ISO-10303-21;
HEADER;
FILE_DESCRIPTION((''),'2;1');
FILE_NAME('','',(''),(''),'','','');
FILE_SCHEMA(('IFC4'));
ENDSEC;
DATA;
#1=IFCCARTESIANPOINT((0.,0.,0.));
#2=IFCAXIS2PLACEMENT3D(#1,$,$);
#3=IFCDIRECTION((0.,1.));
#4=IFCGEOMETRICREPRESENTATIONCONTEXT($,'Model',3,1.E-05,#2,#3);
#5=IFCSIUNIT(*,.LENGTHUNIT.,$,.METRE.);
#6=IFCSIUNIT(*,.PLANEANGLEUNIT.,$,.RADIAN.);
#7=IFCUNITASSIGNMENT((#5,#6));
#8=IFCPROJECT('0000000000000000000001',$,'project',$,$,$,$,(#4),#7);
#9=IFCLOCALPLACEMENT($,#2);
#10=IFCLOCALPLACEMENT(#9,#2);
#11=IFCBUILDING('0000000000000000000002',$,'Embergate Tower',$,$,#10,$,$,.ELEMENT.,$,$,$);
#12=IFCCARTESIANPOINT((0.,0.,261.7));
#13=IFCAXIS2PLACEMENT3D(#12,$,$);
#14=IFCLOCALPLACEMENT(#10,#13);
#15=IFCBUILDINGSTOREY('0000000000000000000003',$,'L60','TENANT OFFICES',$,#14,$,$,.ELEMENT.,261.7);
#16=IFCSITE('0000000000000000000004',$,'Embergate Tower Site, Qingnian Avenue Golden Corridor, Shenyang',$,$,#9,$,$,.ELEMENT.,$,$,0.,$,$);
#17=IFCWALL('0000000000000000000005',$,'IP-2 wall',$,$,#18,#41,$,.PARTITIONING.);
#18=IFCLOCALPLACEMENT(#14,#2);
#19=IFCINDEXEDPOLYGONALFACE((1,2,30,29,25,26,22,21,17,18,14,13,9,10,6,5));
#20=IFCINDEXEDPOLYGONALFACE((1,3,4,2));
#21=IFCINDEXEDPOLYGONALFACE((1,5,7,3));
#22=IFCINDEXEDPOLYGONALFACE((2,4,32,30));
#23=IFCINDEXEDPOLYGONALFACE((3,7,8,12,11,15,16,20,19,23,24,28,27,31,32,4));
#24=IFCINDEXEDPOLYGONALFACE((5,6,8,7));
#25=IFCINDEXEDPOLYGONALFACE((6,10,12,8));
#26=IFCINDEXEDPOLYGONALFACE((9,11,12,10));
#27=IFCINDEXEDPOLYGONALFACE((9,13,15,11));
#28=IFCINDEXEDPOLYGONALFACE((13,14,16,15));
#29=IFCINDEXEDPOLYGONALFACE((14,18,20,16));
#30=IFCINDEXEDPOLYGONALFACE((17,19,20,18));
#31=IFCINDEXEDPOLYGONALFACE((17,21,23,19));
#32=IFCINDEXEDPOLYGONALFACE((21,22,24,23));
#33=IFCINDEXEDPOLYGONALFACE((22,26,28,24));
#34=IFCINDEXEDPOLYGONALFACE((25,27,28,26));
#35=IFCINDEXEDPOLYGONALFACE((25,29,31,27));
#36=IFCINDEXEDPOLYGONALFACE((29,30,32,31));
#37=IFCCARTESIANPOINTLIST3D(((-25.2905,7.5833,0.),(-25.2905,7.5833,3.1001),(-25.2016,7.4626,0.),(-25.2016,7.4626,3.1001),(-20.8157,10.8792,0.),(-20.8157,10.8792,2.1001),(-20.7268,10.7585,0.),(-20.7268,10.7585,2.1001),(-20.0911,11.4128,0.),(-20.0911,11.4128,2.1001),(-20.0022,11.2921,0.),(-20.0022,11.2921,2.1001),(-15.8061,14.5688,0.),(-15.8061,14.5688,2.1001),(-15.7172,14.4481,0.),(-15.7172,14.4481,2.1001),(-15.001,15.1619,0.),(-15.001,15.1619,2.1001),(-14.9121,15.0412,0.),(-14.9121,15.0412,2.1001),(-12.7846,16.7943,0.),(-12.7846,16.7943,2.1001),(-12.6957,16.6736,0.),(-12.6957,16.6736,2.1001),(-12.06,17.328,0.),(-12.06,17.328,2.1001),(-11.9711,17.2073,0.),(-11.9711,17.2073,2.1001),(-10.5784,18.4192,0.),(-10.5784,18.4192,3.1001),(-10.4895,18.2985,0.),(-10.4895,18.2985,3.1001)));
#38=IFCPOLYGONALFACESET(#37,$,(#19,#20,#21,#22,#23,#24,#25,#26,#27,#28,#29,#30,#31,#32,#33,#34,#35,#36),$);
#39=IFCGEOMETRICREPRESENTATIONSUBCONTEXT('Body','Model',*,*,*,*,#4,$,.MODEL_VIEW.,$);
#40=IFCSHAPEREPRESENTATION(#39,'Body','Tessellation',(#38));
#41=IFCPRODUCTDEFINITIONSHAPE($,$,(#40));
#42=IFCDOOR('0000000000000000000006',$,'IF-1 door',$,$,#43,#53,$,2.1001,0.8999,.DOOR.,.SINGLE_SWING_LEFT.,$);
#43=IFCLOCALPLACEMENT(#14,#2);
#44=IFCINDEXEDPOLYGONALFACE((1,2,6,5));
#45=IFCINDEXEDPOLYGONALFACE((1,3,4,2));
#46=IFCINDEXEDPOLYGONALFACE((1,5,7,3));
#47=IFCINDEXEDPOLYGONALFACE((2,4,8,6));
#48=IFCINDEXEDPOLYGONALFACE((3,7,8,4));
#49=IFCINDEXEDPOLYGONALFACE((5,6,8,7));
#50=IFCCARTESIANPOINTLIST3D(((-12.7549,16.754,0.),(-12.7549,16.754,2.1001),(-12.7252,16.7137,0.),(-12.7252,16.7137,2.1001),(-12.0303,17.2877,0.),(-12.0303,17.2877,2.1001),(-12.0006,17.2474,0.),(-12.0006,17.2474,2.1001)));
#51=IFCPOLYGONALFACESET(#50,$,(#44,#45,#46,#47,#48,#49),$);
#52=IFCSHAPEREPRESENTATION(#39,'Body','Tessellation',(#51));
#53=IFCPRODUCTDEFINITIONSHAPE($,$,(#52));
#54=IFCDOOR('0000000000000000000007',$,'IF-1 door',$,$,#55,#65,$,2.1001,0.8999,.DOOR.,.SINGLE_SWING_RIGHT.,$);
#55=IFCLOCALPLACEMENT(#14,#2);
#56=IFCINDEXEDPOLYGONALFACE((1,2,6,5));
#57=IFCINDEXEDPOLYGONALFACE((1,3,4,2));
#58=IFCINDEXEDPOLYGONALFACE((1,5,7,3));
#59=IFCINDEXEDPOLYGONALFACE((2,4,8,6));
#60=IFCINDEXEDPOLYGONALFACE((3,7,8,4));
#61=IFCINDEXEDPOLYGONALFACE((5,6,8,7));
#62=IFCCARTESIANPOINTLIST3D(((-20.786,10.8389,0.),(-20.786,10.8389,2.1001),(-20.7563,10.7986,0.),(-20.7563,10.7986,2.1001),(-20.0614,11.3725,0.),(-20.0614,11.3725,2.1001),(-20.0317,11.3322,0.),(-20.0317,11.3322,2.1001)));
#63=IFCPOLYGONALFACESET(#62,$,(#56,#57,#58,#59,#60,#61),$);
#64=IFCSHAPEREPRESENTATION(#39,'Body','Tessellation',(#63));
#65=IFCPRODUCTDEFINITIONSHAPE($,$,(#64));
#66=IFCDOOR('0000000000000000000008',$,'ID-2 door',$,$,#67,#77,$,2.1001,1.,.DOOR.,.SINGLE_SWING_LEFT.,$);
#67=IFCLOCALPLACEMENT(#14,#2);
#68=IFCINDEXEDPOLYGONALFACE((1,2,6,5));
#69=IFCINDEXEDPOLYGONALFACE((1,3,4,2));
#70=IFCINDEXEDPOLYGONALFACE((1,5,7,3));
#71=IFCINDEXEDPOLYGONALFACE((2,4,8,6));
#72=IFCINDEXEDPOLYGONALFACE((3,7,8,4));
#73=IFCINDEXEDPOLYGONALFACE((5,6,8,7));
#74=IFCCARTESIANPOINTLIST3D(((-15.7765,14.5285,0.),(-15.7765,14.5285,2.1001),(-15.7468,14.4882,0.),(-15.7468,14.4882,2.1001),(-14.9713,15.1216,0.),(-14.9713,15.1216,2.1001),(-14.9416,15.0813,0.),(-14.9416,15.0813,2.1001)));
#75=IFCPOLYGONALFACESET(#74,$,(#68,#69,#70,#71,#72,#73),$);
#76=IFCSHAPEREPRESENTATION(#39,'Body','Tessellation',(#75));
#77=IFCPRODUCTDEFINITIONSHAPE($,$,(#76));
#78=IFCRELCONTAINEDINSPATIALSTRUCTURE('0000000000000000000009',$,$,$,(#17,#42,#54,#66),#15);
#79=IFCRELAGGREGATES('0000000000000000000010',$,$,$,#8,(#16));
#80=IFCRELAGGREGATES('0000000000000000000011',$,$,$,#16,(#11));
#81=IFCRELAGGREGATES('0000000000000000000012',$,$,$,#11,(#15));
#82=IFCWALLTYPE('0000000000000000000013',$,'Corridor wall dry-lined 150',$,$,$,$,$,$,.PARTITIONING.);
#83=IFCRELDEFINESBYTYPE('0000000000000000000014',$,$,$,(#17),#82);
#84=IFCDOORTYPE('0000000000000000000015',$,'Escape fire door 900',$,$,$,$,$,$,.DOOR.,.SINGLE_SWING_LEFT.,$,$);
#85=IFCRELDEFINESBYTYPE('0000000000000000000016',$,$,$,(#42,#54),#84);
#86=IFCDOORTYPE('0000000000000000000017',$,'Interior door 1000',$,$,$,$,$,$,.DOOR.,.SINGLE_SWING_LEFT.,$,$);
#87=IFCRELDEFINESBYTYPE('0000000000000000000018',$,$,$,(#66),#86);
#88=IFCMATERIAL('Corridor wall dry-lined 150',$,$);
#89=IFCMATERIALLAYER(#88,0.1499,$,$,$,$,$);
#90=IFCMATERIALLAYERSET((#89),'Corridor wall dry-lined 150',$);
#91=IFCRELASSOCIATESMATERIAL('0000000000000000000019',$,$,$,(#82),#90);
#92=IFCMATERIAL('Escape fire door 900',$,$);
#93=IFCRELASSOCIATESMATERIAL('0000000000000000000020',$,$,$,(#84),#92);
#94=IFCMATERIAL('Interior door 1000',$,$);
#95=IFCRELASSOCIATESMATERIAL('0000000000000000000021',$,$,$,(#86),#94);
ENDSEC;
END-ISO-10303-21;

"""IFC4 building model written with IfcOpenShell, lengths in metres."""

from ifc_helpers import new_model, si_unit, direction, frame, frame_2d, origin, place, context, subcontext, project, spatial, rectangle, extrude, source, transform, mapped, material, layer, layer_set, type_object, element, fill, save


model = new_model("IFC4")

# Units and contexts
model_context = context("Model", 3, precision=1e-05, world=origin(), true_north=direction((0.0, 1.0)))
body_context = subcontext(model_context, "Body", "Model", "MODEL_VIEW")
ifc_project = project(units=[si_unit("LENGTHUNIT", "METRE"), si_unit("PLANEANGLEUNIT", "RADIAN")], contexts=[model_context])

# Site, building, storey
site_placement = place(None, origin())
site = spatial("IfcSite", under=ifc_project, at=site_placement, Name="Embergate Tower Site, Qingnian Avenue Golden Corridor, Shenyang", CompositionType="ELEMENT", RefElevation=0.0)
building_placement = place(site_placement, origin())
building = spatial("IfcBuilding", under=site, at=building_placement, Name="Embergate Tower", CompositionType="ELEMENT")
storey_placement = place(building_placement, frame((0.0, 0.0, 261.7)))
storey = spatial("IfcBuildingStorey", under=building, at=storey_placement, Name="L60", Description="TENANT OFFICES", CompositionType="ELEMENT", Elevation=261.7)

# Wall, openings, doors
ifc_material_1 = material(Name="Corridor wall dry-lined 150")
ifc_layer_1 = layer(ifc_material_1, 0.1499)
ifc_layer_set_1 = layer_set([ifc_layer_1], Name="Corridor wall dry-lined 150")
wall_type_1 = type_object("IfcWallType", Name="Corridor wall dry-lined 150", PredefinedType="PARTITIONING", material=ifc_layer_set_1)
shared_shape_1 = source(origin(), body_context, "Body", "SweptSolid", [
    extrude(rectangle(XDim=0.8999, YDim=2.1001, at=frame_2d((0.45, 1.05))), frame((0.0, 0.085, 0.0), z_axis=(0.0, -1.0, 0.0), x_axis=(1.0, 0.0, 0.0)), (0.0, 0.0, 1.0), 0.1699),
])
shared_shape_2 = source(origin(), body_context, "Body", "SweptSolid", [
    extrude(rectangle(XDim=1.0, YDim=2.1001, at=frame_2d((0.5, 1.05))), frame((0.0, 0.085, 0.0), z_axis=(0.0, -1.0, 0.0), x_axis=(1.0, 0.0, 0.0)), (0.0, 0.0, 1.0), 0.1699),
])
ifc_material_2 = material(Name="Escape fire door 900")
door_type_1 = type_object("IfcDoorType", Name="Escape fire door 900", OperationType="SINGLE_SWING_LEFT", PredefinedType="DOOR", material=ifc_material_2)
shared_shape_3 = source(origin(), body_context, "Body", "SweptSolid", [
    extrude(rectangle(XDim=0.8999, YDim=2.1001, at=frame_2d((0.45, 1.05))), frame((0.0, 0.0249, 0.0), z_axis=(0.0, -1.0, 0.0), x_axis=(1.0, 0.0, 0.0)), (0.0, 0.0, 1.0), 0.05),
])
ifc_material_3 = material(Name="Interior door 1000")
door_type_2 = type_object("IfcDoorType", Name="Interior door 1000", OperationType="SINGLE_SWING_LEFT", PredefinedType="DOOR", material=ifc_material_3)
shared_shape_4 = source(origin(), body_context, "Body", "SweptSolid", [
    extrude(rectangle(XDim=1.0, YDim=2.1001, at=frame_2d((0.5, 1.05))), frame((0.0, 0.0249, 0.0), z_axis=(0.0, -1.0, 0.0), x_axis=(1.0, 0.0, 0.0)), (0.0, 0.0, 1.0), 0.05),
])
shared_shape_5 = source(origin(), body_context, "Body", "SweptSolid", [
    extrude(rectangle(XDim=18.272, YDim=0.1499, at=frame_2d((9.136, 0.0))), origin(), (0.0, 0.0, 1.0), 3.1001),
])
wall_1_placement = place(storey_placement, frame((-25.2461, 7.5229, 0.0), z_axis=(0.0, 0.0, 1.0), x_axis=(0.805176, 0.593036, 0.0)))
wall_1 = element("IfcWall", 1, at=wall_1_placement, inside=storey, type_object=wall_type_1, Name="IP-2 wall", PredefinedType="PARTITIONING", context=body_context, shape_type="MappedRepresentation", body=[
    mapped(shared_shape_5, transform((0.0, 0.0, 0.0))),
])
opening_1_placement = place(wall_1_placement, frame((15.532, 0.0, 0.0)))
opening_1 = element("IfcOpeningElement", 2, at=opening_1_placement, cuts=wall_1, PredefinedType="OPENING", context=body_context, shape_type="MappedRepresentation", body=[
    mapped(shared_shape_1, transform((0.0, 0.0, 0.0))),
])
opening_2_placement = place(wall_1_placement, frame((11.7793, 0.0, 0.0)))
opening_2 = element("IfcOpeningElement", 3, at=opening_2_placement, cuts=wall_1, PredefinedType="OPENING", context=body_context, shape_type="MappedRepresentation", body=[
    mapped(shared_shape_2, transform((0.0, 0.0, 0.0))),
])
opening_3_placement = place(wall_1_placement, frame((5.5576, 0.0, 0.0)))
opening_3 = element("IfcOpeningElement", 4, at=opening_3_placement, cuts=wall_1, PredefinedType="OPENING", context=body_context, shape_type="MappedRepresentation", body=[
    mapped(shared_shape_1, transform((0.0, 0.0, 0.0))),
])
door_1_placement = place(opening_1_placement, origin())
door_1 = element("IfcDoor", 5, at=door_1_placement, inside=storey, type_object=door_type_1, Name="IF-1 door", OperationType="SINGLE_SWING_LEFT", OverallHeight=2.1001, OverallWidth=0.8999, PredefinedType="DOOR", context=body_context, shape_type="MappedRepresentation", body=[
    mapped(shared_shape_3, transform((0.0, 0.0, 0.0))),
])
fill(opening_1, door_1)
door_2_placement = place(opening_3_placement, origin())
door_2 = element("IfcDoor", 6, at=door_2_placement, inside=storey, type_object=door_type_1, Name="IF-1 door", OperationType="SINGLE_SWING_RIGHT", OverallHeight=2.1001, OverallWidth=0.8999, PredefinedType="DOOR", context=body_context, shape_type="MappedRepresentation", body=[
    mapped(shared_shape_3, transform((0.0, 0.0, 0.0))),
])
fill(opening_3, door_2)
door_3_placement = place(opening_2_placement, origin())
door_3 = element("IfcDoor", 7, at=door_3_placement, inside=storey, type_object=door_type_2, Name="ID-2 door", OperationType="SINGLE_SWING_LEFT", OverallHeight=2.1001, OverallWidth=1.0, PredefinedType="DOOR", context=body_context, shape_type="MappedRepresentation", body=[
    mapped(shared_shape_4, transform((0.0, 0.0, 0.0))),
])
fill(opening_2, door_3)

save(model, "model.ifc")
